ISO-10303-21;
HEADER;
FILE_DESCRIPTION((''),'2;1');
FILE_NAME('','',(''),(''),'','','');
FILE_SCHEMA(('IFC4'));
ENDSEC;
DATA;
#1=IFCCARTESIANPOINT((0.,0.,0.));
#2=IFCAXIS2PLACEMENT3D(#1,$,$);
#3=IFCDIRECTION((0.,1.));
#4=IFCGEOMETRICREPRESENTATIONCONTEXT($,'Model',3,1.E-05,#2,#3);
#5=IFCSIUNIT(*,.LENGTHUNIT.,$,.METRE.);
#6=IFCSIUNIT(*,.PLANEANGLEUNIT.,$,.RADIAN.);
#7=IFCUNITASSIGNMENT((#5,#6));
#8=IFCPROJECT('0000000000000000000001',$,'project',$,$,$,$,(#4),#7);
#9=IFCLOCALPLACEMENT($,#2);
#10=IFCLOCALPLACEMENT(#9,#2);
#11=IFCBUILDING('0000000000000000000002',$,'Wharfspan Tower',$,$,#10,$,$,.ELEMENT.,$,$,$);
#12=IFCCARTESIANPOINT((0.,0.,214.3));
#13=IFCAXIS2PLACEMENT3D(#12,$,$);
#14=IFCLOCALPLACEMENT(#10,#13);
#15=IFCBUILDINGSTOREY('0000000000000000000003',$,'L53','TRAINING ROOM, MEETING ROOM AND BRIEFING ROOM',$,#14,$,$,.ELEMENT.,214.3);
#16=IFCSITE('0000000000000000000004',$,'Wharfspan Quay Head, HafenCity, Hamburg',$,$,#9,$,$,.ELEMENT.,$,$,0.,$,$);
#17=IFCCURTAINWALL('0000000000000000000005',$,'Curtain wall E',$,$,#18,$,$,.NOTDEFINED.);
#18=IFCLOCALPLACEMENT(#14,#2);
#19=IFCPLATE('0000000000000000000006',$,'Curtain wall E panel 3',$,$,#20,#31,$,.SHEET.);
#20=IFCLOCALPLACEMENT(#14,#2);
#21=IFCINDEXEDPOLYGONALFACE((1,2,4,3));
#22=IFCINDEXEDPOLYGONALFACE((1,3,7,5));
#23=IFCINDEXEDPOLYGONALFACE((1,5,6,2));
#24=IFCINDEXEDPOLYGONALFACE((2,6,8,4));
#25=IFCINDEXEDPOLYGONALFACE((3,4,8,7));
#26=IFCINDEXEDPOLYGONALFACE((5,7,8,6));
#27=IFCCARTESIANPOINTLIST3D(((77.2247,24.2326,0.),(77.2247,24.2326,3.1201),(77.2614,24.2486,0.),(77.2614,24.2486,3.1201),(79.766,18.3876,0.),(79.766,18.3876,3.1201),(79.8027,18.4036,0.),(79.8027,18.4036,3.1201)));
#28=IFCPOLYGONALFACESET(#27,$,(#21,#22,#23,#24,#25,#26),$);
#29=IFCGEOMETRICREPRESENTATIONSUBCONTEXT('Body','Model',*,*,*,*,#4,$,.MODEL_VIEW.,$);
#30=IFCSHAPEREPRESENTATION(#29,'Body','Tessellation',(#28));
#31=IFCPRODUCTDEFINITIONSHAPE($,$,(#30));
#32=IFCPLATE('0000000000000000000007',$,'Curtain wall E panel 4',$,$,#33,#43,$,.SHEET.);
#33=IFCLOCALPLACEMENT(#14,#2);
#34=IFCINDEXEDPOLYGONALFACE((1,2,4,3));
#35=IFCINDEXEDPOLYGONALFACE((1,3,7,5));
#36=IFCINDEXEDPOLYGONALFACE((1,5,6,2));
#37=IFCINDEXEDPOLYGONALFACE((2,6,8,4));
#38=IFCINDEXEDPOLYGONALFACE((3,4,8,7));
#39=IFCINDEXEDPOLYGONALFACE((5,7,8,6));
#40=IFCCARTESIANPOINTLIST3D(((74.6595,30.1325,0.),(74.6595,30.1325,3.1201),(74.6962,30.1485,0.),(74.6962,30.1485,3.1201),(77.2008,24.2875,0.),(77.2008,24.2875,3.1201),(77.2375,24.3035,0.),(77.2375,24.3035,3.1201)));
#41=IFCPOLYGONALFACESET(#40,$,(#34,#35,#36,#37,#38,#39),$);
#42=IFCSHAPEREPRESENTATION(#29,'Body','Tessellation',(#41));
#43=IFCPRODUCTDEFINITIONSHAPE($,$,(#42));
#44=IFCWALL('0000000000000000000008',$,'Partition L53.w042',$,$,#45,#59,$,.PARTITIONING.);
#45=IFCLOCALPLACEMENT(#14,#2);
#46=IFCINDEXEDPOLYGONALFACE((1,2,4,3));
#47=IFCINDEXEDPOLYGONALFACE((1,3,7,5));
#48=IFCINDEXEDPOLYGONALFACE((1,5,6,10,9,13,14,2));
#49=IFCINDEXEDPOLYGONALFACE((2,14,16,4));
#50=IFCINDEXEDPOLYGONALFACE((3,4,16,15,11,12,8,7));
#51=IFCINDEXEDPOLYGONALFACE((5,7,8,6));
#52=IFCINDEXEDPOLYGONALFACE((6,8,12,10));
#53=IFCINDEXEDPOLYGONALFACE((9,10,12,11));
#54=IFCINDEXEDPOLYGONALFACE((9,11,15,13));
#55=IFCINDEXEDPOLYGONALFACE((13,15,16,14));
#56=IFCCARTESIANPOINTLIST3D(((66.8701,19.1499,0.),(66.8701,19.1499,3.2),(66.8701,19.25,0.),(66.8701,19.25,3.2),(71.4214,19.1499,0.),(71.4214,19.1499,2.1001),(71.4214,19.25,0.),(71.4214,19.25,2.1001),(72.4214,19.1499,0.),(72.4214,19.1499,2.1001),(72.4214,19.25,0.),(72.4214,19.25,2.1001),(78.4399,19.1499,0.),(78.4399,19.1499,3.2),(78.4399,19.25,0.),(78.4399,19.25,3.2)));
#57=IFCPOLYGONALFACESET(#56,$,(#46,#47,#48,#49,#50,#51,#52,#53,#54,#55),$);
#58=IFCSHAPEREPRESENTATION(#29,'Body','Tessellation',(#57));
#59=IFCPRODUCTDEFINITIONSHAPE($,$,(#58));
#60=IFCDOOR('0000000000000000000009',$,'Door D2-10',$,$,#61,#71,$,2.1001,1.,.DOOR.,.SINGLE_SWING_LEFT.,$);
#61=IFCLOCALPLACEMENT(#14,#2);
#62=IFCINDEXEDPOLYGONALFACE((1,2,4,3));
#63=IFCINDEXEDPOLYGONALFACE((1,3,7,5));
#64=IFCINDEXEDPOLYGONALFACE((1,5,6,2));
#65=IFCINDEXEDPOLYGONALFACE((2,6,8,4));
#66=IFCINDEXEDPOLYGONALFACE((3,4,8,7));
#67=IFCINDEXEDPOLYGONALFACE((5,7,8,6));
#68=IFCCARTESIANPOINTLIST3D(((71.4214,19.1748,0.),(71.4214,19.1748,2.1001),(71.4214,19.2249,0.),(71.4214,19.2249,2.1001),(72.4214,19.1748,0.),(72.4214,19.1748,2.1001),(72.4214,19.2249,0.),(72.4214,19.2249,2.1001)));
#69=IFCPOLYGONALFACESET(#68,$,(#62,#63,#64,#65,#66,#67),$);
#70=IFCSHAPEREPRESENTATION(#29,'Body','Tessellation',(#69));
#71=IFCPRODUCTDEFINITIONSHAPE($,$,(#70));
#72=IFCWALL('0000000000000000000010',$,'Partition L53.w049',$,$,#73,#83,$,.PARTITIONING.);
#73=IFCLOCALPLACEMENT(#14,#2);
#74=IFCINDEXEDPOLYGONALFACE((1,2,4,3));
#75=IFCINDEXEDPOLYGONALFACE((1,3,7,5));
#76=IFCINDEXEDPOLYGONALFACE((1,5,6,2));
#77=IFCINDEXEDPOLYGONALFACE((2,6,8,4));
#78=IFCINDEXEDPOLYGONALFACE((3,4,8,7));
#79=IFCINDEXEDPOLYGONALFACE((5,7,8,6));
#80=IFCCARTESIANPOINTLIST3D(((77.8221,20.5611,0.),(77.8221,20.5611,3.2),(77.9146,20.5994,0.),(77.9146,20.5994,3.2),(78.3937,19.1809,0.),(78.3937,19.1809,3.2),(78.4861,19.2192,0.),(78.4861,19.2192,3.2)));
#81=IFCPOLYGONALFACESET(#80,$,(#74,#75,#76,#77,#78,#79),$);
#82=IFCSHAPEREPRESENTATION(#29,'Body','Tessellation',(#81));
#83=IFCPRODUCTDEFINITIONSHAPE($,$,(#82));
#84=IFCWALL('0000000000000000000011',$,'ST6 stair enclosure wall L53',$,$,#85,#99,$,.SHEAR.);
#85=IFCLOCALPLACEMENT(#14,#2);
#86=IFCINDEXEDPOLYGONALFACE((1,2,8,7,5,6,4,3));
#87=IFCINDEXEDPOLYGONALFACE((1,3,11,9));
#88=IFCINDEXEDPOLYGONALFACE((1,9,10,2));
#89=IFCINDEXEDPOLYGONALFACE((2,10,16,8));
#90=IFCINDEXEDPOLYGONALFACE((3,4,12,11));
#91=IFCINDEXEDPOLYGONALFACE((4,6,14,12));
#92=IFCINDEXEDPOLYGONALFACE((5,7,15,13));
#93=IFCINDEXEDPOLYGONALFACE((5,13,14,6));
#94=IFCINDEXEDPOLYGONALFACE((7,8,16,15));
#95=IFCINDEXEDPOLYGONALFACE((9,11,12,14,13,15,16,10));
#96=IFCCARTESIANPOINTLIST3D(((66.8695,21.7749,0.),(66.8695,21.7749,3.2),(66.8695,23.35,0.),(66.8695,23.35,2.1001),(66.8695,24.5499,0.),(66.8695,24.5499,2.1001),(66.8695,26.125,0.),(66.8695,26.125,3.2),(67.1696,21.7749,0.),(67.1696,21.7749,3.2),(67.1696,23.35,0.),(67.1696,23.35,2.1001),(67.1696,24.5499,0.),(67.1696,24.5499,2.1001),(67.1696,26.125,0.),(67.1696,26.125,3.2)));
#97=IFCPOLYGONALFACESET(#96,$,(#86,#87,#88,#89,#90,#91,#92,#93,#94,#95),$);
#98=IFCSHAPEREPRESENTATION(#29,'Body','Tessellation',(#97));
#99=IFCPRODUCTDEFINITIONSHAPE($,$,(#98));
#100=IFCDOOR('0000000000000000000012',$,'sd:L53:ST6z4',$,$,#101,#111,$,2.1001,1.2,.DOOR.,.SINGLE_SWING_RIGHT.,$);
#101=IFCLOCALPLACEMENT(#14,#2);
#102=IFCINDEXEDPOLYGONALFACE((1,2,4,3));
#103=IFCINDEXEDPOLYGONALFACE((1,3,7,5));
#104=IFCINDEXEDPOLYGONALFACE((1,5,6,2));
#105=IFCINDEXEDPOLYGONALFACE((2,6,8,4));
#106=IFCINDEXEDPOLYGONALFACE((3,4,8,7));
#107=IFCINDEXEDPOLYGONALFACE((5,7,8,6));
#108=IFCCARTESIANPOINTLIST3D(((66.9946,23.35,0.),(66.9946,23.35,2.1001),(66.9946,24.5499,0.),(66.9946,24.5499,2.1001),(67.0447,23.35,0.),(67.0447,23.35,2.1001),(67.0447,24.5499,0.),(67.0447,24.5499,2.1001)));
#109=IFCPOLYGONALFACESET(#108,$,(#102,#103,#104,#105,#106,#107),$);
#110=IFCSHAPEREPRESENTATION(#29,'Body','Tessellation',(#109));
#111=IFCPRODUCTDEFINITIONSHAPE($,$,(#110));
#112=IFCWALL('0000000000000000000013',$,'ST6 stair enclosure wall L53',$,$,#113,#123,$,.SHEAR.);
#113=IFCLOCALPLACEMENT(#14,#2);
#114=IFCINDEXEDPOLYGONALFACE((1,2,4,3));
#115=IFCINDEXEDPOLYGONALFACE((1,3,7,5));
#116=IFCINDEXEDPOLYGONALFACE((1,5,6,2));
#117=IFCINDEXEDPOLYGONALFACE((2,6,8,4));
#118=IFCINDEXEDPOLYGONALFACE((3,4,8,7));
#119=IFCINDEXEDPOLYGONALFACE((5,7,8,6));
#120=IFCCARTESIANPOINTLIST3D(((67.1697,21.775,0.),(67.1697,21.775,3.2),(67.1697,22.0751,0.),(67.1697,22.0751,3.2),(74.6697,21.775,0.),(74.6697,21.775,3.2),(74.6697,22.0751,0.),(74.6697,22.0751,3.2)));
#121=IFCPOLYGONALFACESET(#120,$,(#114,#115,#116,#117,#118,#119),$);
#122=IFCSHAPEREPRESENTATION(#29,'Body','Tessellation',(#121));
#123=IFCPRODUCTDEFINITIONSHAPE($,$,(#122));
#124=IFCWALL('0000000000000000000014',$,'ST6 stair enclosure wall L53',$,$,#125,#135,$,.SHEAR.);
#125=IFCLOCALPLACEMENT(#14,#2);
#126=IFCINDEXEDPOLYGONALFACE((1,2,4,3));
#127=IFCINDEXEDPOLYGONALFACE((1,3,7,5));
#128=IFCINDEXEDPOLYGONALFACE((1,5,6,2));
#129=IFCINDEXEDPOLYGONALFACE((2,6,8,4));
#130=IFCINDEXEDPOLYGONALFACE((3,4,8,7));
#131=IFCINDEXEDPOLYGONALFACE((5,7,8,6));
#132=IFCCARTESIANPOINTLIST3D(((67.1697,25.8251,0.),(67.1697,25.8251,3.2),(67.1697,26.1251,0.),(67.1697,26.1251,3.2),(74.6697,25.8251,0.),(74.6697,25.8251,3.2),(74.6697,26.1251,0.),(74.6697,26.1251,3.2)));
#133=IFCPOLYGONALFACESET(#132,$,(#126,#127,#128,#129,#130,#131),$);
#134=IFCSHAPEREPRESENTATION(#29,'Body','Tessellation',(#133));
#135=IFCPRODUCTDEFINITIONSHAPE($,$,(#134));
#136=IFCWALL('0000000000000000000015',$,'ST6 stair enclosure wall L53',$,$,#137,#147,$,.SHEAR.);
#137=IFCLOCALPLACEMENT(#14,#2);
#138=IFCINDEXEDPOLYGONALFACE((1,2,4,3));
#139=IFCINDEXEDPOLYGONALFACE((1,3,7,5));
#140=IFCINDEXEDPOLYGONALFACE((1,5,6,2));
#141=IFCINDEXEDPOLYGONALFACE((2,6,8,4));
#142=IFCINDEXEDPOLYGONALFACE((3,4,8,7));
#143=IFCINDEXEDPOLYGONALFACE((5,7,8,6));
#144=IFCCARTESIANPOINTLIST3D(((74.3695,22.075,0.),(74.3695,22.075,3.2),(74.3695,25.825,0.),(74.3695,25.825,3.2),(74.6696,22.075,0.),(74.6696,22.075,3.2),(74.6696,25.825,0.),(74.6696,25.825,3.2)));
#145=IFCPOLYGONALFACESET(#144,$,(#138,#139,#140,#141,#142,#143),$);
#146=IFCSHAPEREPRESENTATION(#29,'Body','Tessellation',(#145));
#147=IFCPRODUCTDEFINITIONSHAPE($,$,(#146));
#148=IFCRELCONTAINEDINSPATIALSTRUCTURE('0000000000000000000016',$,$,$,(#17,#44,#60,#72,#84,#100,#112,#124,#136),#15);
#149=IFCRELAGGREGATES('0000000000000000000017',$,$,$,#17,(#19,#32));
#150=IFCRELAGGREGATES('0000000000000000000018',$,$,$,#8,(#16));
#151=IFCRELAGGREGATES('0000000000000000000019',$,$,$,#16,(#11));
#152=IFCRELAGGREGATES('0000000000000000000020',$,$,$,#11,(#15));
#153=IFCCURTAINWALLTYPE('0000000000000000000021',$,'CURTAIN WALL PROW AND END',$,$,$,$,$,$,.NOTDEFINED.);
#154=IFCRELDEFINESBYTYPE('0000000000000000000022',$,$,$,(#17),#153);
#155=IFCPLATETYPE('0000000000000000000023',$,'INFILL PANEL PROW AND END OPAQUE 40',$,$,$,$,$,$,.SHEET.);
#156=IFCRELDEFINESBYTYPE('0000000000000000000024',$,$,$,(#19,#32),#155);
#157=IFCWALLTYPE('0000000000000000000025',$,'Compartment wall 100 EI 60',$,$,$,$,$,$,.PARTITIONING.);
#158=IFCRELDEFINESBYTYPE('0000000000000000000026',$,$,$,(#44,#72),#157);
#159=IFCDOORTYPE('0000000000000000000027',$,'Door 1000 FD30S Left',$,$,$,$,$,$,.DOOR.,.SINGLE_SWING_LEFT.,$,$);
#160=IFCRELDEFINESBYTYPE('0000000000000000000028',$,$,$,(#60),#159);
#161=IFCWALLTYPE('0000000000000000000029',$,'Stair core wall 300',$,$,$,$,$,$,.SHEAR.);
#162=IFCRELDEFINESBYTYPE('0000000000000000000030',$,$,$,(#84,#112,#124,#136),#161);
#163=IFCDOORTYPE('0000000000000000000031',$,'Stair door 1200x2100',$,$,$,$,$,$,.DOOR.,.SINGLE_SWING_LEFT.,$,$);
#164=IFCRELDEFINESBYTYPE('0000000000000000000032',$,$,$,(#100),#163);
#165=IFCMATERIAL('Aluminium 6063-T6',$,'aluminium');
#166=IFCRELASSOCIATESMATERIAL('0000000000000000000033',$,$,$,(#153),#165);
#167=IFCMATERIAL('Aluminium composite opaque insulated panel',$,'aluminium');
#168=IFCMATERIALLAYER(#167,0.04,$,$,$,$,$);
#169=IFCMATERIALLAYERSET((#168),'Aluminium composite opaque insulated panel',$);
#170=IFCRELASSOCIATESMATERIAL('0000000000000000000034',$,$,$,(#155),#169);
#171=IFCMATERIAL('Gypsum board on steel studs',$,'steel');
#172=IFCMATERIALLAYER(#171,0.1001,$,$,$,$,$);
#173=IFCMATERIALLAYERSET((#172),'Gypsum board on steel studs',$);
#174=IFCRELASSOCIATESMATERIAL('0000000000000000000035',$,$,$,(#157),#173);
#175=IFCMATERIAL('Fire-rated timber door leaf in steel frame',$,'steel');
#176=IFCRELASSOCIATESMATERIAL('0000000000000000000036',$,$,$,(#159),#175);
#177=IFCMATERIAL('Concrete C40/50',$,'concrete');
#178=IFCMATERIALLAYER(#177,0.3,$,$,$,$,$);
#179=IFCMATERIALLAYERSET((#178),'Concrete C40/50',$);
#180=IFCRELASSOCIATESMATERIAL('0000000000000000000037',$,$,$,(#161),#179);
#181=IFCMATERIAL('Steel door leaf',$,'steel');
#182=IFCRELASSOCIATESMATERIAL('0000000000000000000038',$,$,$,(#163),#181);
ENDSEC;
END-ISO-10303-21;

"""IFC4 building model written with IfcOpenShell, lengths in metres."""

from ifc_helpers import new_model, si_unit, direction, frame, frame_2d, origin, origin_2d, place, context, subcontext, project, spatial, rectangle, extrude, material, layer, layer_set, type_object, element, fill, aggregate, save


model = new_model("IFC4")

# Units and contexts
model_context = context("Model", 3, precision=1e-05, world=origin(), true_north=direction((0.0, 1.0)))
body_context = subcontext(model_context, "Body", "Model", "MODEL_VIEW")
ifc_project = project(units=[si_unit("LENGTHUNIT", "METRE"), si_unit("PLANEANGLEUNIT", "RADIAN")], contexts=[model_context])

# Site, building, storey
site_placement = place(None, origin())
site = spatial("IfcSite", under=ifc_project, at=site_placement, Name="Wharfspan Quay Head, HafenCity, Hamburg", CompositionType="ELEMENT", RefElevation=0.0)
building_placement = place(site_placement, origin())
building = spatial("IfcBuilding", under=site, at=building_placement, Name="Wharfspan Tower", CompositionType="ELEMENT")
storey_placement = place(building_placement, frame((0.0, 0.0, 214.3)))
storey = spatial("IfcBuildingStorey", under=building, at=storey_placement, Name="L53", Description="TRAINING ROOM, MEETING ROOM AND BRIEFING ROOM", CompositionType="ELEMENT", Elevation=214.3)

# Curtain wall
ifc_material_1 = material(Name="Aluminium 6063-T6", Category="aluminium")
curtain_wall_type = type_object("IfcCurtainWallType", Name="CURTAIN WALL PROW AND END", PredefinedType="NOTDEFINED", material=ifc_material_1)
curtain_wall_placement = place(storey_placement, origin())
curtain_wall = element("IfcCurtainWall", 1, at=curtain_wall_placement, inside=storey, type_object=curtain_wall_type, Name="Curtain wall E", PredefinedType="NOTDEFINED")

# Plates
ifc_material_2 = material(Name="Aluminium composite opaque insulated panel", Category="aluminium")
ifc_layer_1 = layer(ifc_material_2, 0.04)
ifc_layer_set_1 = layer_set([ifc_layer_1], Name="Aluminium composite opaque insulated panel")
plate_type = type_object("IfcPlateType", Name="INFILL PANEL PROW AND END OPAQUE 40", PredefinedType="SHEET", material=ifc_layer_set_1)
plate_1_placement = place(storey_placement, frame((78.5137, 21.3181, 0.0), z_axis=(0.0, 0.0, 1.0), x_axis=(-0.398727, 0.917072, 0.0)))
plate_1 = element("IfcPlate", 2, at=plate_1_placement, type_object=plate_type, Name="Curtain wall E panel 3", PredefinedType="SHEET", context=body_context, shape_type="SweptSolid", body=[
    extrude(rectangle(XDim=6.3735, YDim=0.04, at=origin_2d()), origin(), (0.0, 0.0, 1.0), 3.1201),
])
plate_2_placement = place(storey_placement, frame((75.9485, 27.218, 0.0), z_axis=(0.0, 0.0, 1.0), x_axis=(-0.398727, 0.917072, 0.0)))
plate_2 = element("IfcPlate", 3, at=plate_2_placement, type_object=plate_type, Name="Curtain wall E panel 4", PredefinedType="SHEET", context=body_context, shape_type="SweptSolid", body=[
    extrude(rectangle(XDim=6.3735, YDim=0.04, at=origin_2d()), origin(), (0.0, 0.0, 1.0), 3.1201),
])
aggregate(curtain_wall, [plate_1, plate_2])

# Wall, opening, door
ifc_material_3 = material(Name="Gypsum board on steel studs", Category="steel")
ifc_layer_2 = layer(ifc_material_3, 0.1001)
ifc_layer_set_2 = layer_set([ifc_layer_2], Name="Gypsum board on steel studs")
wall_type_1 = type_object("IfcWallType", Name="Compartment wall 100 EI 60", PredefinedType="PARTITIONING", material=ifc_layer_set_2)
wall_1_placement = place(storey_placement, frame((66.8701, 19.2, 0.0), z_axis=(0.0, 0.0, 1.0), x_axis=(1.0, 0.0, 0.0)))
wall_1 = element("IfcWall", 4, at=wall_1_placement, inside=storey, type_object=wall_type_1, Name="Partition L53.w042", PredefinedType="PARTITIONING", context=body_context, shape_type="SweptSolid", body=[
    extrude(rectangle(XDim=11.5698, YDim=0.1001, at=frame_2d((5.7849, 0.0))), origin(), (0.0, 0.0, 1.0), 3.2),
])
opening_1_placement = place(wall_1_placement, frame((4.5513, 0.0, 0.0)))
opening_1 = element("IfcOpeningElement", 5, at=opening_1_placement, cuts=wall_1, PredefinedType="OPENING", context=body_context, shape_type="SweptSolid", body=[
    extrude(rectangle(XDim=1.0, YDim=2.1001, at=frame_2d((0.5, 1.05))), frame((0.0, 0.0601, 0.0), z_axis=(0.0, -1.0, 0.0), x_axis=(1.0, 0.0, 0.0)), (0.0, 0.0, 1.0), 0.1201),
])
ifc_material_4 = material(Name="Fire-rated timber door leaf in steel frame", Category="steel")
door_type_1 = type_object("IfcDoorType", Name="Door 1000 FD30S Left", OperationType="SINGLE_SWING_LEFT", PredefinedType="DOOR", material=ifc_material_4)
door_1_placement = place(opening_1_placement, origin())
door_1 = element("IfcDoor", 6, at=door_1_placement, inside=storey, type_object=door_type_1, Name="Door D2-10", OperationType="SINGLE_SWING_LEFT", OverallHeight=2.1001, OverallWidth=1.0, PredefinedType="DOOR", context=body_context, shape_type="SweptSolid", body=[
    extrude(rectangle(XDim=1.0, YDim=2.1001, at=frame_2d((0.5, 1.05))), frame((0.0, 0.0249, 0.0), z_axis=(0.0, -1.0, 0.0), x_axis=(1.0, 0.0, 0.0)), (0.0, 0.0, 1.0), 0.05),
])
fill(opening_1, door_1)

# Wall
wall_2_placement = place(storey_placement, frame((78.4399, 19.2, 0.0), z_axis=(0.0, 0.0, 1.0), x_axis=(-0.382605, 0.923907, 0.0)))
element("IfcWall", 7, at=wall_2_placement, inside=storey, type_object=wall_type_1, Name="Partition L53.w049", PredefinedType="PARTITIONING", context=body_context, shape_type="SweptSolid", body=[
    extrude(rectangle(XDim=1.4939, YDim=0.1001, at=frame_2d((0.7471, 0.0))), origin(), (0.0, 0.0, 1.0), 3.2),
])

# Wall, opening, door
ifc_material_5 = material(Name="Concrete C40/50", Category="concrete")
ifc_layer_3 = layer(ifc_material_5, 0.3)
ifc_layer_set_3 = layer_set([ifc_layer_3], Name="Concrete C40/50")
wall_type_2 = type_object("IfcWallType", Name="Stair core wall 300", PredefinedType="SHEAR", material=ifc_layer_set_3)
wall_3_placement = place(storey_placement, frame((67.0195, 21.7749, 0.0), z_axis=(0.0, 0.0, 1.0), x_axis=(0.0, 1.0, 0.0)))
wall_3 = element("IfcWall", 8, at=wall_3_placement, inside=storey, type_object=wall_type_2, Name="ST6 stair enclosure wall L53", PredefinedType="SHEAR", context=body_context, shape_type="SweptSolid", body=[
    extrude(rectangle(XDim=4.3501, YDim=0.3, at=frame_2d((2.175, 0.0))), origin(), (0.0, 0.0, 1.0), 3.2),
])
opening_2_placement = place(wall_3_placement, frame((1.575, 0.0, 0.0)))
opening_2 = element("IfcOpeningElement", 9, at=opening_2_placement, cuts=wall_3, PredefinedType="OPENING", context=body_context, shape_type="SweptSolid", body=[
    extrude(rectangle(XDim=1.2, YDim=2.1001, at=frame_2d((0.6001, 1.05))), frame((0.0, 0.1599, 0.0), z_axis=(0.0, -1.0, 0.0), x_axis=(1.0, 0.0, 0.0)), (0.0, 0.0, 1.0), 0.3201),
])
ifc_material_6 = material(Name="Steel door leaf", Category="steel")
door_type_2 = type_object("IfcDoorType", Name="Stair door 1200x2100", OperationType="SINGLE_SWING_LEFT", PredefinedType="DOOR", material=ifc_material_6)
door_2_placement = place(opening_2_placement, origin())
door_2 = element("IfcDoor", 10, at=door_2_placement, inside=storey, type_object=door_type_2, Name="sd:L53:ST6z4", OperationType="SINGLE_SWING_RIGHT", OverallHeight=2.1001, OverallWidth=1.2, PredefinedType="DOOR", context=body_context, shape_type="SweptSolid", body=[
    extrude(rectangle(XDim=1.2, YDim=2.1001, at=frame_2d((0.6001, 1.05))), frame((0.0, 0.0249, 0.0), z_axis=(0.0, -1.0, 0.0), x_axis=(1.0, 0.0, 0.0)), (0.0, 0.0, 1.0), 0.05),
])
fill(opening_2, door_2)

# Walls
for number, where, z_axis, x_axis, name in (
    (11, (67.1697, 21.925, 0.0), (0.0, 0.0, 1.0), (1.0, 0.0, 0.0), "ST6 stair enclosure wall L53"),
    (12, (67.1697, 25.9751, 0.0), (0.0, 0.0, 1.0), (1.0, 0.0, 0.0), "ST6 stair enclosure wall L53"),
):
    element("IfcWall", number, at=place(storey_placement, frame(where, z_axis=z_axis, x_axis=x_axis)), inside=storey, type_object=wall_type_2, Name=name, PredefinedType="SHEAR", context=body_context, shape_type="SweptSolid", body=[
        extrude(rectangle(XDim=7.5, YDim=0.3, at=frame_2d((3.75, 0.0))), origin(), (0.0, 0.0, 1.0), 3.2),
    ])
wall_4_placement = place(storey_placement, frame((74.5195, 22.075, 0.0), z_axis=(0.0, 0.0, 1.0), x_axis=(0.0, 1.0, 0.0)))
element("IfcWall", 13, at=wall_4_placement, inside=storey, type_object=wall_type_2, Name="ST6 stair enclosure wall L53", PredefinedType="SHEAR", context=body_context, shape_type="SweptSolid", body=[
    extrude(rectangle(XDim=3.75, YDim=0.3, at=frame_2d((1.875, 0.0))), origin(), (0.0, 0.0, 1.0), 3.2),
])

save(model, "model.ifc")
